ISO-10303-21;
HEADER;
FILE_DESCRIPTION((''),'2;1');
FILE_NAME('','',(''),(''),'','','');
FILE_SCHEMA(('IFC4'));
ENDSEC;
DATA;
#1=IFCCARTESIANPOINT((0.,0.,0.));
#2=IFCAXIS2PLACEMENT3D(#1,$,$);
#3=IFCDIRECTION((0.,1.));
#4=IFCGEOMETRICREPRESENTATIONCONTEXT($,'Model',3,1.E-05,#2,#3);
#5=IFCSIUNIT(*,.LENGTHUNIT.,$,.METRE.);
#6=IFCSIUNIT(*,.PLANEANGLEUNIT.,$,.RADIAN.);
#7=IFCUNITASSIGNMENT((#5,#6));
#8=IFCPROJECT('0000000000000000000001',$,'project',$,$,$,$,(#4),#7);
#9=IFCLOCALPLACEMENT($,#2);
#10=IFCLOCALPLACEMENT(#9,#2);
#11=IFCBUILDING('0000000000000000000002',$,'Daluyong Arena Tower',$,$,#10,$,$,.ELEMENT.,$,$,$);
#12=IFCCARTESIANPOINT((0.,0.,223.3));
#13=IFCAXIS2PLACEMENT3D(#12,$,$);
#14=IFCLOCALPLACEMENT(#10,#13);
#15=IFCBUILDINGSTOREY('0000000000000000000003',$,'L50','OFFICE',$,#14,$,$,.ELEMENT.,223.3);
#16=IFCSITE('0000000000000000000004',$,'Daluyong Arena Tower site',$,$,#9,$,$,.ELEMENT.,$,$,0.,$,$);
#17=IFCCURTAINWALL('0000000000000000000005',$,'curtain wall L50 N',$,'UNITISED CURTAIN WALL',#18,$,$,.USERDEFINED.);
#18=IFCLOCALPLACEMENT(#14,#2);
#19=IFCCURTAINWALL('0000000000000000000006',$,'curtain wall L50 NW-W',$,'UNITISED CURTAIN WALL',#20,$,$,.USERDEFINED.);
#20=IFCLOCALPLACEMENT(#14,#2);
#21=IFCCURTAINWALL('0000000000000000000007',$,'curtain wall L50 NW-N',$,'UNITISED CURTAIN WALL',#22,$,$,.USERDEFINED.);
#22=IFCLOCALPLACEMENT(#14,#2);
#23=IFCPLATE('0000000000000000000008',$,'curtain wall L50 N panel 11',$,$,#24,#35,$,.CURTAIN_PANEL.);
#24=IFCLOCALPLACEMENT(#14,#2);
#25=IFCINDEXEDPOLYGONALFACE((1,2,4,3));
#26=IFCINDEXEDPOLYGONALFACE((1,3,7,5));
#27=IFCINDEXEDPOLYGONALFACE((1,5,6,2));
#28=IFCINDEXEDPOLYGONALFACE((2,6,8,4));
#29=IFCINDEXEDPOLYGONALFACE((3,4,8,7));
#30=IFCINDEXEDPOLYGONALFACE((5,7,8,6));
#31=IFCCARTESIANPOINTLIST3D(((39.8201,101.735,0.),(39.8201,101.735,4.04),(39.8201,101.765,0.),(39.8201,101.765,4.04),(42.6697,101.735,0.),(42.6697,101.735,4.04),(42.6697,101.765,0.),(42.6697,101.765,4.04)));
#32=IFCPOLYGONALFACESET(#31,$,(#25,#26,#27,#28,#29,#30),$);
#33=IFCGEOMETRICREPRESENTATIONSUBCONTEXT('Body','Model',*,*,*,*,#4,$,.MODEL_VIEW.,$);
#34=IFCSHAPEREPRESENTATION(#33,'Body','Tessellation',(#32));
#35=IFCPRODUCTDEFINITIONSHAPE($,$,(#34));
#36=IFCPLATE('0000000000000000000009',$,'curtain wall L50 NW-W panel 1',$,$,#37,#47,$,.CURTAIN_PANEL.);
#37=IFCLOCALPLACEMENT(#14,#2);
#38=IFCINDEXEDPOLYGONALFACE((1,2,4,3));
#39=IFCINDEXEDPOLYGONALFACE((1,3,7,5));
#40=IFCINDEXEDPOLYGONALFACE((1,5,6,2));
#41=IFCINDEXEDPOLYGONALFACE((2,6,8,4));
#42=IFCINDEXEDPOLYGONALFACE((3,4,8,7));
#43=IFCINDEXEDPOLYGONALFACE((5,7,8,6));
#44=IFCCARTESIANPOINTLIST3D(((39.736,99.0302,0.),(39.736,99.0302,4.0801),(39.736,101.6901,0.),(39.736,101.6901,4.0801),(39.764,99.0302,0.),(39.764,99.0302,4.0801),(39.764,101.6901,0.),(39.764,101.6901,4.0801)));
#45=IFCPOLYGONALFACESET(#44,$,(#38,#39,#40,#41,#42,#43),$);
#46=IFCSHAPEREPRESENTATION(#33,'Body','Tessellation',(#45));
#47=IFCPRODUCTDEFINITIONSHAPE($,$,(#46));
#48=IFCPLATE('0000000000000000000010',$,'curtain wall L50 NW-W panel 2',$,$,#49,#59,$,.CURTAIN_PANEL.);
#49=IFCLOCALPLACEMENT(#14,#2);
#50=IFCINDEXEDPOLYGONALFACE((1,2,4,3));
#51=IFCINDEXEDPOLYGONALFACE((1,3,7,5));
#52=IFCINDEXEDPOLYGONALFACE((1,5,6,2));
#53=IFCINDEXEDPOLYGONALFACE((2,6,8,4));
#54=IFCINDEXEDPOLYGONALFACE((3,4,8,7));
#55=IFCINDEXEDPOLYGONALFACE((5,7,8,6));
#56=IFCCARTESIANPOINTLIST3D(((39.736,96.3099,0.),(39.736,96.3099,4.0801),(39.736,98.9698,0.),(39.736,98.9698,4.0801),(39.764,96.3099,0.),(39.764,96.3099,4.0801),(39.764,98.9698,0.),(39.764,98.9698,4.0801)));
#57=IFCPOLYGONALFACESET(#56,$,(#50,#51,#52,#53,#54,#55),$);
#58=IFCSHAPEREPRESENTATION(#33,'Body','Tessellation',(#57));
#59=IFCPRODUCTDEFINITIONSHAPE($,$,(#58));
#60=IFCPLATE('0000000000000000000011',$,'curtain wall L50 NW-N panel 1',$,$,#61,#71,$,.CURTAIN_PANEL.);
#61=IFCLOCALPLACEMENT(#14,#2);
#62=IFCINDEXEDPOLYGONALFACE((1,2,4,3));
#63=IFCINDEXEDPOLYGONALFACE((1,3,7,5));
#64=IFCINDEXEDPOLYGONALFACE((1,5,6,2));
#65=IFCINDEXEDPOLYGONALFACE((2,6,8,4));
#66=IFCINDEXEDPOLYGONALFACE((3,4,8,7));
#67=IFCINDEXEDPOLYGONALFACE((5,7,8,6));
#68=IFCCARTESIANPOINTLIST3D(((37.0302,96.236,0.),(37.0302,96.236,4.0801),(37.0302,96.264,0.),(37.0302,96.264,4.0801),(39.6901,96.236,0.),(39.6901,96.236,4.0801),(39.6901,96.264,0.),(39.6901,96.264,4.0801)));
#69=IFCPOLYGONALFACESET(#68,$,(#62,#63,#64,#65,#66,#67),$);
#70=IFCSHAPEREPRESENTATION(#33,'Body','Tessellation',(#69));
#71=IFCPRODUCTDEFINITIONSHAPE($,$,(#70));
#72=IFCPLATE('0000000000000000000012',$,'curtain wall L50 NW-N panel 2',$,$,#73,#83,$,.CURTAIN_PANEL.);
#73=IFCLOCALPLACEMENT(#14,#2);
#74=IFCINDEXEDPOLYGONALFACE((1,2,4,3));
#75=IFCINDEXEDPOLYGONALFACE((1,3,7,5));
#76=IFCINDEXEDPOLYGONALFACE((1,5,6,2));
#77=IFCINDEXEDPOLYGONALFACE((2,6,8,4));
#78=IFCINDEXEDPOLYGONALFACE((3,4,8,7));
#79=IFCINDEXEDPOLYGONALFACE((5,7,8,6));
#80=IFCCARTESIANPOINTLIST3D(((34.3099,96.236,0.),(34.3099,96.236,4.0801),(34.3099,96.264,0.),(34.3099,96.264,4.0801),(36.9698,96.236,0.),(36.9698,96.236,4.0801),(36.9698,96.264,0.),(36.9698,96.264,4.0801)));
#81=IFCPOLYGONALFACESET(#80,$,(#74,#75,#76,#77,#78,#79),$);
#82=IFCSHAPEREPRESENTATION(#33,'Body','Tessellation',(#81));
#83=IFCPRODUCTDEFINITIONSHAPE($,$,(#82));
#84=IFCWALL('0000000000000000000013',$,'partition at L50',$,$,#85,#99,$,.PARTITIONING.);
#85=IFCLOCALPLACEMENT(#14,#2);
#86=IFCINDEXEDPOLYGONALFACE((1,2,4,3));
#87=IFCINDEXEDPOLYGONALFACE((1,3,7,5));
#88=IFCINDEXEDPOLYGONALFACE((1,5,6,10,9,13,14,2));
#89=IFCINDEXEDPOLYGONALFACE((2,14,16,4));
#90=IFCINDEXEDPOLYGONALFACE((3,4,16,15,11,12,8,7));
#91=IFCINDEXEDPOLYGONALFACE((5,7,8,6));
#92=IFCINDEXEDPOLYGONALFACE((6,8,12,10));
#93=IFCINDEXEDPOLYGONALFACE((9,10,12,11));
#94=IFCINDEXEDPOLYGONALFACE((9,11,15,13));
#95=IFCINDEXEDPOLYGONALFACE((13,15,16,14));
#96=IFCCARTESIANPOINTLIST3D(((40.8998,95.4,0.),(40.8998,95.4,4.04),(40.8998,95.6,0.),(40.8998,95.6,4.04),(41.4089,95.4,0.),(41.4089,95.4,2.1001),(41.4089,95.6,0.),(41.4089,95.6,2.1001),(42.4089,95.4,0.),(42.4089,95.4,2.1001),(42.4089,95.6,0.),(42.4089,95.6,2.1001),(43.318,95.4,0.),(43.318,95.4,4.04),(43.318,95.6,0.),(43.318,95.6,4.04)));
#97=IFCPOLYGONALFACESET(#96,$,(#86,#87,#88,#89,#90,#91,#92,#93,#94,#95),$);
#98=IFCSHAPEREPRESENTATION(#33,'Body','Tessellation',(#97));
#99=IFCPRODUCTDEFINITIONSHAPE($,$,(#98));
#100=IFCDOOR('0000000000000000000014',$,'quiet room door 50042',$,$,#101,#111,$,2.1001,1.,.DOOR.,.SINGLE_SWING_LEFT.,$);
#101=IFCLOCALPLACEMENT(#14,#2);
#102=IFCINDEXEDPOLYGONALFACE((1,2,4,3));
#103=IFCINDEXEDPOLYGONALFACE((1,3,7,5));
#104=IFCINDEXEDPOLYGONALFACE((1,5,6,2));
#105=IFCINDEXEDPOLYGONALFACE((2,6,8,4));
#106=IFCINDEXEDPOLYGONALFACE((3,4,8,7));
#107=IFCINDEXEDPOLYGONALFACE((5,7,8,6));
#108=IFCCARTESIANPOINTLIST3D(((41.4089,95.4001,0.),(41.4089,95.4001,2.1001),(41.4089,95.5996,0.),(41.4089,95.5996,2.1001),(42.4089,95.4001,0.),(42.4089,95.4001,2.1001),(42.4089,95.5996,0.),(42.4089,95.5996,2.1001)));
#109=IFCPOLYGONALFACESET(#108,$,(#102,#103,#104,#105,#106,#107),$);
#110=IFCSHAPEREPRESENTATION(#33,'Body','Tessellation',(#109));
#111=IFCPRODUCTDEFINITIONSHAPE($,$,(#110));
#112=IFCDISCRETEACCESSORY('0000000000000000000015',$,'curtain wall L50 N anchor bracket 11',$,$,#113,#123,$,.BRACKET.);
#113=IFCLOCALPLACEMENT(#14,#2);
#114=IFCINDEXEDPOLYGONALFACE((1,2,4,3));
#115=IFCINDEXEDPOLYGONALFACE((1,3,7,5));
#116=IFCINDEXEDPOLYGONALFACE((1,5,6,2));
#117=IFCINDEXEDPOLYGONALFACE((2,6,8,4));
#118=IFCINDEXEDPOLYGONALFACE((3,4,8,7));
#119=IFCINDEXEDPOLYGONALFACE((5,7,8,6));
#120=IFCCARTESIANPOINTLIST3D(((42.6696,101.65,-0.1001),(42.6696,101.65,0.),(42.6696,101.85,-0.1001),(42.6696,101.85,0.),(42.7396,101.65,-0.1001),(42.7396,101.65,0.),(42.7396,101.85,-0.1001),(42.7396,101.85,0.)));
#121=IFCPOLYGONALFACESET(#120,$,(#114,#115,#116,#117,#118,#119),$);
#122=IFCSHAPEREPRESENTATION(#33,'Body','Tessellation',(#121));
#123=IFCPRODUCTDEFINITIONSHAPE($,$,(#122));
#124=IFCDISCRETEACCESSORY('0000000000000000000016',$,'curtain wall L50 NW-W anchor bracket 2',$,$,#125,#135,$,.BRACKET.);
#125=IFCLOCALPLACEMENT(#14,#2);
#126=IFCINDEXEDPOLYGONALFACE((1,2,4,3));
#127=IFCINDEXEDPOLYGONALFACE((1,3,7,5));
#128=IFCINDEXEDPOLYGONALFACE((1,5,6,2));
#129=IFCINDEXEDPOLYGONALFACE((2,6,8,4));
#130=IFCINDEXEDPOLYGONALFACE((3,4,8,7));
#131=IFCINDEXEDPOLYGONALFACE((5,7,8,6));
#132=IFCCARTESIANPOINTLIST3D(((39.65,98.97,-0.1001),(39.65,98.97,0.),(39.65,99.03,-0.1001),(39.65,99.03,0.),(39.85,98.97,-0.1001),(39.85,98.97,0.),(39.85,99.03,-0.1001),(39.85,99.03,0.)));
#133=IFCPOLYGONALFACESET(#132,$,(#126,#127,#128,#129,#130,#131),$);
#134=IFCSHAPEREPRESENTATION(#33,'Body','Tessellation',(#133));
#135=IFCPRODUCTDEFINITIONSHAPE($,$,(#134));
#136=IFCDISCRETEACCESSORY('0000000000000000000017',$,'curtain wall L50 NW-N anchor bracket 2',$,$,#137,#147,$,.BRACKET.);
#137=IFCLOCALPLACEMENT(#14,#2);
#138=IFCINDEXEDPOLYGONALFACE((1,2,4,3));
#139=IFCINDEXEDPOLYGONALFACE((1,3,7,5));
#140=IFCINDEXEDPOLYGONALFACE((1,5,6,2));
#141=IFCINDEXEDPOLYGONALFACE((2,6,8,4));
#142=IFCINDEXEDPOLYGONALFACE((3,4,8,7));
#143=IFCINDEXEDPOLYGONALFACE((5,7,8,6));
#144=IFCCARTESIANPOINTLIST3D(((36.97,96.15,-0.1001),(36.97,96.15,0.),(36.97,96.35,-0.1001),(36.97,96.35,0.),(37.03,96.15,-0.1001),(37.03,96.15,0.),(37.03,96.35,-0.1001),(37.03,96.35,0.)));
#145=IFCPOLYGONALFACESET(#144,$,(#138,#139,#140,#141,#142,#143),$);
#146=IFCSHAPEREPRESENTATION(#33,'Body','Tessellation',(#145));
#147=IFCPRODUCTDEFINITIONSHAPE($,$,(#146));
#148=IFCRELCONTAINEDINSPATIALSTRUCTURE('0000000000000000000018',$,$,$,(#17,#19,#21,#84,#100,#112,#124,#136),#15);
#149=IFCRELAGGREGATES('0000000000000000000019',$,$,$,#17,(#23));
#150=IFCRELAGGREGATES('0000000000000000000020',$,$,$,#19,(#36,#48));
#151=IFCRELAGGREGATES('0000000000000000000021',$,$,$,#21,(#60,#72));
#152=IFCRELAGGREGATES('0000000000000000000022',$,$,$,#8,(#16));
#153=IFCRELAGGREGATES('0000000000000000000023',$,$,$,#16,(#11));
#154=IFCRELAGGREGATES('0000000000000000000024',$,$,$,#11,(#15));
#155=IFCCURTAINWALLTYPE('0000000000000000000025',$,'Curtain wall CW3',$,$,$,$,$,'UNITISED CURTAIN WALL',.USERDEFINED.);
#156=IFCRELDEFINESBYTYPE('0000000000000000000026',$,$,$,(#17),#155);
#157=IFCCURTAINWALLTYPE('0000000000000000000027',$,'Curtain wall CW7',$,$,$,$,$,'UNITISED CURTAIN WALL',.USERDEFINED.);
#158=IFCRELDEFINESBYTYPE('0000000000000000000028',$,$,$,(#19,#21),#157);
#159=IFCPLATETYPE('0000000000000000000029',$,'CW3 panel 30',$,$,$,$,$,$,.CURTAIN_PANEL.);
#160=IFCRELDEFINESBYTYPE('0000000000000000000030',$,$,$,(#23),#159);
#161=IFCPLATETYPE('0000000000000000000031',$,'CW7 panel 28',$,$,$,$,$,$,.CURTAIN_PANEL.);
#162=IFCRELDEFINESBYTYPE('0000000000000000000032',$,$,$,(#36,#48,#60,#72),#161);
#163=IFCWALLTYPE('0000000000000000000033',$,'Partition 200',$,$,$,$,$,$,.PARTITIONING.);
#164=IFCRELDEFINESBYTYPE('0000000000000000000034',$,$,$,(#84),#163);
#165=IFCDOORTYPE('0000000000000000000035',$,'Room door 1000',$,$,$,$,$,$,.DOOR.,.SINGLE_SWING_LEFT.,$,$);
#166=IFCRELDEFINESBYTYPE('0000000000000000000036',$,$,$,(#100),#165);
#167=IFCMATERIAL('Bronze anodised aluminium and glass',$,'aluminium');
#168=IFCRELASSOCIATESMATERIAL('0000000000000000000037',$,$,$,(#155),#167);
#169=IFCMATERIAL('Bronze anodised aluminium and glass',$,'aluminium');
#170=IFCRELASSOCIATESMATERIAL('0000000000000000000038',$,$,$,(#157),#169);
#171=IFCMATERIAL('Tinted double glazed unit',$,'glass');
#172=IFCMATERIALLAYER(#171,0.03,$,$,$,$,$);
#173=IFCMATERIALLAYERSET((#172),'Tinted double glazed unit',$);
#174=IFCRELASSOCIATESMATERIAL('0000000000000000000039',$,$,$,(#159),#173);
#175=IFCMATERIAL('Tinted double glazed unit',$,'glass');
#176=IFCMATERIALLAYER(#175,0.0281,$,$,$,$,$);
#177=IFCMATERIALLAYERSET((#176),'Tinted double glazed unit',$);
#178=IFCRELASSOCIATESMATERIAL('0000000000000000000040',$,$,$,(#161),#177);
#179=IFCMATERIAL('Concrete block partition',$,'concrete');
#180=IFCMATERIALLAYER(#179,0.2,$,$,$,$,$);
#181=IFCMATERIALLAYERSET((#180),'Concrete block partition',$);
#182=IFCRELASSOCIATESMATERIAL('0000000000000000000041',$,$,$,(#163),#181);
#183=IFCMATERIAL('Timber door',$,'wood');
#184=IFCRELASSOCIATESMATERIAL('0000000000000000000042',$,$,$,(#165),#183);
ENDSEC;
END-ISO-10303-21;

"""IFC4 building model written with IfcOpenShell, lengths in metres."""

from ifc_helpers import new_model, si_unit, direction, frame, frame_2d, origin, origin_2d, place, context, subcontext, project, spatial, rectangle, extrude, material, layer, layer_set, type_object, element, fill, aggregate, save


model = new_model("IFC4")

# Units and contexts
model_context = context("Model", 3, precision=1e-05, world=origin(), true_north=direction((0.0, 1.0)))
body_context = subcontext(model_context, "Body", "Model", "MODEL_VIEW")
ifc_project = project(units=[si_unit("LENGTHUNIT", "METRE"), si_unit("PLANEANGLEUNIT", "RADIAN")], contexts=[model_context])

# Site, building, storey
site_placement = place(None, origin())
site = spatial("IfcSite", under=ifc_project, at=site_placement, Name="Daluyong Arena Tower site", CompositionType="ELEMENT", RefElevation=0.0)
building_placement = place(site_placement, origin())
building = spatial("IfcBuilding", under=site, at=building_placement, Name="Daluyong Arena Tower", CompositionType="ELEMENT")
storey_placement = place(building_placement, frame((0.0, 0.0, 223.3)))
storey = spatial("IfcBuildingStorey", under=building, at=storey_placement, Name="L50", Description="OFFICE", CompositionType="ELEMENT", Elevation=223.3)

# Curtain wall
ifc_material_1 = material(Name="Bronze anodised aluminium and glass", Category="aluminium")
curtain_wall_type_1 = type_object("IfcCurtainWallType", Name="Curtain wall CW3", ElementType="UNITISED CURTAIN WALL", PredefinedType="USERDEFINED", material=ifc_material_1)
curtain_wall_1_placement = place(storey_placement, origin())
curtain_wall_1 = element("IfcCurtainWall", 1, at=curtain_wall_1_placement, inside=storey, type_object=curtain_wall_type_1, Name="curtain wall L50 N", ObjectType="UNITISED CURTAIN WALL", PredefinedType="USERDEFINED")

# Curtain walls
ifc_material_2 = material(Name="Bronze anodised aluminium and glass", Category="aluminium")
curtain_wall_type_2 = type_object("IfcCurtainWallType", Name="Curtain wall CW7", ElementType="UNITISED CURTAIN WALL", PredefinedType="USERDEFINED", material=ifc_material_2)
curtain_wall_2_placement = place(storey_placement, origin())
curtain_wall_2 = element("IfcCurtainWall", 2, at=curtain_wall_2_placement, inside=storey, type_object=curtain_wall_type_2, Name="curtain wall L50 NW-W", ObjectType="UNITISED CURTAIN WALL", PredefinedType="USERDEFINED")
curtain_wall_3_placement = place(storey_placement, origin())
curtain_wall_3 = element("IfcCurtainWall", 3, at=curtain_wall_3_placement, inside=storey, type_object=curtain_wall_type_2, Name="curtain wall L50 NW-N", ObjectType="UNITISED CURTAIN WALL", PredefinedType="USERDEFINED")

# Plates
ifc_material_3 = material(Name="Tinted double glazed unit", Category="glass")
ifc_layer_1 = layer(ifc_material_3, 0.03)
ifc_layer_set_1 = layer_set([ifc_layer_1], Name="Tinted double glazed unit")
plate_type_1 = type_object("IfcPlateType", Name="CW3 panel 30", PredefinedType="CURTAIN_PANEL", material=ifc_layer_set_1)
plate_1_placement = place(storey_placement, frame((41.2449, 101.75, 0.0), z_axis=(0.0, 0.0, 1.0), x_axis=(-1.0, 0.0, 0.0)))
plate_1 = element("IfcPlate", 4, at=plate_1_placement, type_object=plate_type_1, Name="curtain wall L50 N panel 11", PredefinedType="CURTAIN_PANEL", context=body_context, shape_type="SweptSolid", body=[
    extrude(rectangle(XDim=2.8496, YDim=0.03, at=origin_2d()), origin(), (0.0, 0.0, 1.0), 4.04),
])
aggregate(curtain_wall_1, [plate_1])
ifc_material_4 = material(Name="Tinted double glazed unit", Category="glass")
ifc_layer_2 = layer(ifc_material_4, 0.0281)
ifc_layer_set_2 = layer_set([ifc_layer_2], Name="Tinted double glazed unit")
plate_type_2 = type_object("IfcPlateType", Name="CW7 panel 28", PredefinedType="CURTAIN_PANEL", material=ifc_layer_set_2)
plate_2_placement = place(storey_placement, frame((39.75, 100.3601, 0.0), z_axis=(0.0, 0.0, 1.0), x_axis=(0.0, -1.0, 0.0)))
plate_2 = element("IfcPlate", 5, at=plate_2_placement, type_object=plate_type_2, Name="curtain wall L50 NW-W panel 1", PredefinedType="CURTAIN_PANEL", context=body_context, shape_type="SweptSolid", body=[
    extrude(rectangle(XDim=2.6599, YDim=0.0281, at=origin_2d()), origin(), (0.0, 0.0, 1.0), 4.0801),
])
plate_3_placement = place(storey_placement, frame((39.75, 97.6399, 0.0), z_axis=(0.0, 0.0, 1.0), x_axis=(0.0, -1.0, 0.0)))
plate_3 = element("IfcPlate", 6, at=plate_3_placement, type_object=plate_type_2, Name="curtain wall L50 NW-W panel 2", PredefinedType="CURTAIN_PANEL", context=body_context, shape_type="SweptSolid", body=[
    extrude(rectangle(XDim=2.6599, YDim=0.0281, at=origin_2d()), origin(), (0.0, 0.0, 1.0), 4.0801),
])
aggregate(curtain_wall_2, [plate_2, plate_3])
plate_4_placement = place(storey_placement, frame((38.3601, 96.25, 0.0), z_axis=(0.0, 0.0, 1.0), x_axis=(-1.0, 0.0, 0.0)))
plate_4 = element("IfcPlate", 7, at=plate_4_placement, type_object=plate_type_2, Name="curtain wall L50 NW-N panel 1", PredefinedType="CURTAIN_PANEL", context=body_context, shape_type="SweptSolid", body=[
    extrude(rectangle(XDim=2.6599, YDim=0.0281, at=origin_2d()), origin(), (0.0, 0.0, 1.0), 4.0801),
])
plate_5_placement = place(storey_placement, frame((35.6399, 96.25, 0.0), z_axis=(0.0, 0.0, 1.0), x_axis=(-1.0, 0.0, 0.0)))
plate_5 = element("IfcPlate", 8, at=plate_5_placement, type_object=plate_type_2, Name="curtain wall L50 NW-N panel 2", PredefinedType="CURTAIN_PANEL", context=body_context, shape_type="SweptSolid", body=[
    extrude(rectangle(XDim=2.6599, YDim=0.0281, at=origin_2d()), origin(), (0.0, 0.0, 1.0), 4.0801),
])
aggregate(curtain_wall_3, [plate_4, plate_5])

# Wall, opening, door
ifc_material_5 = material(Name="Concrete block partition", Category="concrete")
ifc_layer_3 = layer(ifc_material_5, 0.2)
ifc_layer_set_3 = layer_set([ifc_layer_3], Name="Concrete block partition")
wall_type = type_object("IfcWallType", Name="Partition 200", PredefinedType="PARTITIONING", material=ifc_layer_set_3)
wall_placement = place(storey_placement, frame((40.8999, 95.5, 0.0), z_axis=(0.0, 0.0, 1.0), x_axis=(1.0, 0.0, 0.0)))
wall = element("IfcWall", 9, at=wall_placement, inside=storey, type_object=wall_type, Name="partition at L50", PredefinedType="PARTITIONING", context=body_context, shape_type="SweptSolid", body=[
    extrude(rectangle(XDim=2.4182, YDim=0.2, at=frame_2d((1.209, 0.0))), origin(), (0.0, 0.0, 1.0), 4.04),
])
opening_placement = place(wall_placement, frame((0.509, 0.0, 0.0)))
opening = element("IfcOpeningElement", 10, at=opening_placement, cuts=wall, PredefinedType="OPENING", context=body_context, shape_type="SweptSolid", body=[
    extrude(rectangle(XDim=1.0, YDim=2.1001, at=frame_2d((0.5, 1.05))), frame((0.0, 0.1099, 0.0), z_axis=(0.0, -1.0, 0.0), x_axis=(1.0, 0.0, 0.0)), (0.0, 0.0, 1.0), 0.22),
])
ifc_material_6 = material(Name="Timber door", Category="wood")
door_type = type_object("IfcDoorType", Name="Room door 1000", OperationType="SINGLE_SWING_LEFT", PredefinedType="DOOR", material=ifc_material_6)
door_placement = place(opening_placement, origin())
door = element("IfcDoor", 11, at=door_placement, inside=storey, type_object=door_type, Name="quiet room door 50042", OperationType="SINGLE_SWING_LEFT", OverallHeight=2.1001, OverallWidth=1.0, PredefinedType="DOOR", context=body_context, shape_type="SweptSolid", body=[
    extrude(rectangle(XDim=1.0, YDim=2.1001, at=frame_2d((0.5, 1.05))), frame((0.0, 0.0996, 0.0), z_axis=(0.0, -1.0, 0.0), x_axis=(1.0, 0.0, 0.0)), (0.0, 0.0, 1.0), 0.1995),
])
fill(opening, door)

# Discrete accessories
discrete_accessory_placement = place(storey_placement, frame((42.7046, 101.75, -0.1001), z_axis=(0.0, 0.0, 1.0), x_axis=(-1.0, 0.0, 0.0)))
element("IfcDiscreteAccessory", 12, at=discrete_accessory_placement, inside=storey, Name="curtain wall L50 N anchor bracket 11", PredefinedType="BRACKET", context=body_context, shape_type="SweptSolid", body=[
    extrude(rectangle(XDim=0.0701, YDim=0.2, at=origin_2d()), origin(), (0.0, 0.0, 1.0), 0.1001),
])
for number, where, z_axis, x_axis, name in (
    (13, (39.75, 99.0, -0.1001), (0.0, 0.0, 1.0), (0.0, -1.0, 0.0), "curtain wall L50 NW-W anchor bracket 2"),
    (14, (37.0, 96.25, -0.1001), (0.0, 0.0, 1.0), (-1.0, 0.0, 0.0), "curtain wall L50 NW-N anchor bracket 2"),
):
    element("IfcDiscreteAccessory", number, at=place(storey_placement, frame(where, z_axis=z_axis, x_axis=x_axis)), inside=storey, Name=name, PredefinedType="BRACKET", context=body_context, shape_type="SweptSolid", body=[
        extrude(rectangle(XDim=0.0601, YDim=0.2, at=origin_2d()), origin(), (0.0, 0.0, 1.0), 0.1001),
    ])

save(model, "model.ifc")
